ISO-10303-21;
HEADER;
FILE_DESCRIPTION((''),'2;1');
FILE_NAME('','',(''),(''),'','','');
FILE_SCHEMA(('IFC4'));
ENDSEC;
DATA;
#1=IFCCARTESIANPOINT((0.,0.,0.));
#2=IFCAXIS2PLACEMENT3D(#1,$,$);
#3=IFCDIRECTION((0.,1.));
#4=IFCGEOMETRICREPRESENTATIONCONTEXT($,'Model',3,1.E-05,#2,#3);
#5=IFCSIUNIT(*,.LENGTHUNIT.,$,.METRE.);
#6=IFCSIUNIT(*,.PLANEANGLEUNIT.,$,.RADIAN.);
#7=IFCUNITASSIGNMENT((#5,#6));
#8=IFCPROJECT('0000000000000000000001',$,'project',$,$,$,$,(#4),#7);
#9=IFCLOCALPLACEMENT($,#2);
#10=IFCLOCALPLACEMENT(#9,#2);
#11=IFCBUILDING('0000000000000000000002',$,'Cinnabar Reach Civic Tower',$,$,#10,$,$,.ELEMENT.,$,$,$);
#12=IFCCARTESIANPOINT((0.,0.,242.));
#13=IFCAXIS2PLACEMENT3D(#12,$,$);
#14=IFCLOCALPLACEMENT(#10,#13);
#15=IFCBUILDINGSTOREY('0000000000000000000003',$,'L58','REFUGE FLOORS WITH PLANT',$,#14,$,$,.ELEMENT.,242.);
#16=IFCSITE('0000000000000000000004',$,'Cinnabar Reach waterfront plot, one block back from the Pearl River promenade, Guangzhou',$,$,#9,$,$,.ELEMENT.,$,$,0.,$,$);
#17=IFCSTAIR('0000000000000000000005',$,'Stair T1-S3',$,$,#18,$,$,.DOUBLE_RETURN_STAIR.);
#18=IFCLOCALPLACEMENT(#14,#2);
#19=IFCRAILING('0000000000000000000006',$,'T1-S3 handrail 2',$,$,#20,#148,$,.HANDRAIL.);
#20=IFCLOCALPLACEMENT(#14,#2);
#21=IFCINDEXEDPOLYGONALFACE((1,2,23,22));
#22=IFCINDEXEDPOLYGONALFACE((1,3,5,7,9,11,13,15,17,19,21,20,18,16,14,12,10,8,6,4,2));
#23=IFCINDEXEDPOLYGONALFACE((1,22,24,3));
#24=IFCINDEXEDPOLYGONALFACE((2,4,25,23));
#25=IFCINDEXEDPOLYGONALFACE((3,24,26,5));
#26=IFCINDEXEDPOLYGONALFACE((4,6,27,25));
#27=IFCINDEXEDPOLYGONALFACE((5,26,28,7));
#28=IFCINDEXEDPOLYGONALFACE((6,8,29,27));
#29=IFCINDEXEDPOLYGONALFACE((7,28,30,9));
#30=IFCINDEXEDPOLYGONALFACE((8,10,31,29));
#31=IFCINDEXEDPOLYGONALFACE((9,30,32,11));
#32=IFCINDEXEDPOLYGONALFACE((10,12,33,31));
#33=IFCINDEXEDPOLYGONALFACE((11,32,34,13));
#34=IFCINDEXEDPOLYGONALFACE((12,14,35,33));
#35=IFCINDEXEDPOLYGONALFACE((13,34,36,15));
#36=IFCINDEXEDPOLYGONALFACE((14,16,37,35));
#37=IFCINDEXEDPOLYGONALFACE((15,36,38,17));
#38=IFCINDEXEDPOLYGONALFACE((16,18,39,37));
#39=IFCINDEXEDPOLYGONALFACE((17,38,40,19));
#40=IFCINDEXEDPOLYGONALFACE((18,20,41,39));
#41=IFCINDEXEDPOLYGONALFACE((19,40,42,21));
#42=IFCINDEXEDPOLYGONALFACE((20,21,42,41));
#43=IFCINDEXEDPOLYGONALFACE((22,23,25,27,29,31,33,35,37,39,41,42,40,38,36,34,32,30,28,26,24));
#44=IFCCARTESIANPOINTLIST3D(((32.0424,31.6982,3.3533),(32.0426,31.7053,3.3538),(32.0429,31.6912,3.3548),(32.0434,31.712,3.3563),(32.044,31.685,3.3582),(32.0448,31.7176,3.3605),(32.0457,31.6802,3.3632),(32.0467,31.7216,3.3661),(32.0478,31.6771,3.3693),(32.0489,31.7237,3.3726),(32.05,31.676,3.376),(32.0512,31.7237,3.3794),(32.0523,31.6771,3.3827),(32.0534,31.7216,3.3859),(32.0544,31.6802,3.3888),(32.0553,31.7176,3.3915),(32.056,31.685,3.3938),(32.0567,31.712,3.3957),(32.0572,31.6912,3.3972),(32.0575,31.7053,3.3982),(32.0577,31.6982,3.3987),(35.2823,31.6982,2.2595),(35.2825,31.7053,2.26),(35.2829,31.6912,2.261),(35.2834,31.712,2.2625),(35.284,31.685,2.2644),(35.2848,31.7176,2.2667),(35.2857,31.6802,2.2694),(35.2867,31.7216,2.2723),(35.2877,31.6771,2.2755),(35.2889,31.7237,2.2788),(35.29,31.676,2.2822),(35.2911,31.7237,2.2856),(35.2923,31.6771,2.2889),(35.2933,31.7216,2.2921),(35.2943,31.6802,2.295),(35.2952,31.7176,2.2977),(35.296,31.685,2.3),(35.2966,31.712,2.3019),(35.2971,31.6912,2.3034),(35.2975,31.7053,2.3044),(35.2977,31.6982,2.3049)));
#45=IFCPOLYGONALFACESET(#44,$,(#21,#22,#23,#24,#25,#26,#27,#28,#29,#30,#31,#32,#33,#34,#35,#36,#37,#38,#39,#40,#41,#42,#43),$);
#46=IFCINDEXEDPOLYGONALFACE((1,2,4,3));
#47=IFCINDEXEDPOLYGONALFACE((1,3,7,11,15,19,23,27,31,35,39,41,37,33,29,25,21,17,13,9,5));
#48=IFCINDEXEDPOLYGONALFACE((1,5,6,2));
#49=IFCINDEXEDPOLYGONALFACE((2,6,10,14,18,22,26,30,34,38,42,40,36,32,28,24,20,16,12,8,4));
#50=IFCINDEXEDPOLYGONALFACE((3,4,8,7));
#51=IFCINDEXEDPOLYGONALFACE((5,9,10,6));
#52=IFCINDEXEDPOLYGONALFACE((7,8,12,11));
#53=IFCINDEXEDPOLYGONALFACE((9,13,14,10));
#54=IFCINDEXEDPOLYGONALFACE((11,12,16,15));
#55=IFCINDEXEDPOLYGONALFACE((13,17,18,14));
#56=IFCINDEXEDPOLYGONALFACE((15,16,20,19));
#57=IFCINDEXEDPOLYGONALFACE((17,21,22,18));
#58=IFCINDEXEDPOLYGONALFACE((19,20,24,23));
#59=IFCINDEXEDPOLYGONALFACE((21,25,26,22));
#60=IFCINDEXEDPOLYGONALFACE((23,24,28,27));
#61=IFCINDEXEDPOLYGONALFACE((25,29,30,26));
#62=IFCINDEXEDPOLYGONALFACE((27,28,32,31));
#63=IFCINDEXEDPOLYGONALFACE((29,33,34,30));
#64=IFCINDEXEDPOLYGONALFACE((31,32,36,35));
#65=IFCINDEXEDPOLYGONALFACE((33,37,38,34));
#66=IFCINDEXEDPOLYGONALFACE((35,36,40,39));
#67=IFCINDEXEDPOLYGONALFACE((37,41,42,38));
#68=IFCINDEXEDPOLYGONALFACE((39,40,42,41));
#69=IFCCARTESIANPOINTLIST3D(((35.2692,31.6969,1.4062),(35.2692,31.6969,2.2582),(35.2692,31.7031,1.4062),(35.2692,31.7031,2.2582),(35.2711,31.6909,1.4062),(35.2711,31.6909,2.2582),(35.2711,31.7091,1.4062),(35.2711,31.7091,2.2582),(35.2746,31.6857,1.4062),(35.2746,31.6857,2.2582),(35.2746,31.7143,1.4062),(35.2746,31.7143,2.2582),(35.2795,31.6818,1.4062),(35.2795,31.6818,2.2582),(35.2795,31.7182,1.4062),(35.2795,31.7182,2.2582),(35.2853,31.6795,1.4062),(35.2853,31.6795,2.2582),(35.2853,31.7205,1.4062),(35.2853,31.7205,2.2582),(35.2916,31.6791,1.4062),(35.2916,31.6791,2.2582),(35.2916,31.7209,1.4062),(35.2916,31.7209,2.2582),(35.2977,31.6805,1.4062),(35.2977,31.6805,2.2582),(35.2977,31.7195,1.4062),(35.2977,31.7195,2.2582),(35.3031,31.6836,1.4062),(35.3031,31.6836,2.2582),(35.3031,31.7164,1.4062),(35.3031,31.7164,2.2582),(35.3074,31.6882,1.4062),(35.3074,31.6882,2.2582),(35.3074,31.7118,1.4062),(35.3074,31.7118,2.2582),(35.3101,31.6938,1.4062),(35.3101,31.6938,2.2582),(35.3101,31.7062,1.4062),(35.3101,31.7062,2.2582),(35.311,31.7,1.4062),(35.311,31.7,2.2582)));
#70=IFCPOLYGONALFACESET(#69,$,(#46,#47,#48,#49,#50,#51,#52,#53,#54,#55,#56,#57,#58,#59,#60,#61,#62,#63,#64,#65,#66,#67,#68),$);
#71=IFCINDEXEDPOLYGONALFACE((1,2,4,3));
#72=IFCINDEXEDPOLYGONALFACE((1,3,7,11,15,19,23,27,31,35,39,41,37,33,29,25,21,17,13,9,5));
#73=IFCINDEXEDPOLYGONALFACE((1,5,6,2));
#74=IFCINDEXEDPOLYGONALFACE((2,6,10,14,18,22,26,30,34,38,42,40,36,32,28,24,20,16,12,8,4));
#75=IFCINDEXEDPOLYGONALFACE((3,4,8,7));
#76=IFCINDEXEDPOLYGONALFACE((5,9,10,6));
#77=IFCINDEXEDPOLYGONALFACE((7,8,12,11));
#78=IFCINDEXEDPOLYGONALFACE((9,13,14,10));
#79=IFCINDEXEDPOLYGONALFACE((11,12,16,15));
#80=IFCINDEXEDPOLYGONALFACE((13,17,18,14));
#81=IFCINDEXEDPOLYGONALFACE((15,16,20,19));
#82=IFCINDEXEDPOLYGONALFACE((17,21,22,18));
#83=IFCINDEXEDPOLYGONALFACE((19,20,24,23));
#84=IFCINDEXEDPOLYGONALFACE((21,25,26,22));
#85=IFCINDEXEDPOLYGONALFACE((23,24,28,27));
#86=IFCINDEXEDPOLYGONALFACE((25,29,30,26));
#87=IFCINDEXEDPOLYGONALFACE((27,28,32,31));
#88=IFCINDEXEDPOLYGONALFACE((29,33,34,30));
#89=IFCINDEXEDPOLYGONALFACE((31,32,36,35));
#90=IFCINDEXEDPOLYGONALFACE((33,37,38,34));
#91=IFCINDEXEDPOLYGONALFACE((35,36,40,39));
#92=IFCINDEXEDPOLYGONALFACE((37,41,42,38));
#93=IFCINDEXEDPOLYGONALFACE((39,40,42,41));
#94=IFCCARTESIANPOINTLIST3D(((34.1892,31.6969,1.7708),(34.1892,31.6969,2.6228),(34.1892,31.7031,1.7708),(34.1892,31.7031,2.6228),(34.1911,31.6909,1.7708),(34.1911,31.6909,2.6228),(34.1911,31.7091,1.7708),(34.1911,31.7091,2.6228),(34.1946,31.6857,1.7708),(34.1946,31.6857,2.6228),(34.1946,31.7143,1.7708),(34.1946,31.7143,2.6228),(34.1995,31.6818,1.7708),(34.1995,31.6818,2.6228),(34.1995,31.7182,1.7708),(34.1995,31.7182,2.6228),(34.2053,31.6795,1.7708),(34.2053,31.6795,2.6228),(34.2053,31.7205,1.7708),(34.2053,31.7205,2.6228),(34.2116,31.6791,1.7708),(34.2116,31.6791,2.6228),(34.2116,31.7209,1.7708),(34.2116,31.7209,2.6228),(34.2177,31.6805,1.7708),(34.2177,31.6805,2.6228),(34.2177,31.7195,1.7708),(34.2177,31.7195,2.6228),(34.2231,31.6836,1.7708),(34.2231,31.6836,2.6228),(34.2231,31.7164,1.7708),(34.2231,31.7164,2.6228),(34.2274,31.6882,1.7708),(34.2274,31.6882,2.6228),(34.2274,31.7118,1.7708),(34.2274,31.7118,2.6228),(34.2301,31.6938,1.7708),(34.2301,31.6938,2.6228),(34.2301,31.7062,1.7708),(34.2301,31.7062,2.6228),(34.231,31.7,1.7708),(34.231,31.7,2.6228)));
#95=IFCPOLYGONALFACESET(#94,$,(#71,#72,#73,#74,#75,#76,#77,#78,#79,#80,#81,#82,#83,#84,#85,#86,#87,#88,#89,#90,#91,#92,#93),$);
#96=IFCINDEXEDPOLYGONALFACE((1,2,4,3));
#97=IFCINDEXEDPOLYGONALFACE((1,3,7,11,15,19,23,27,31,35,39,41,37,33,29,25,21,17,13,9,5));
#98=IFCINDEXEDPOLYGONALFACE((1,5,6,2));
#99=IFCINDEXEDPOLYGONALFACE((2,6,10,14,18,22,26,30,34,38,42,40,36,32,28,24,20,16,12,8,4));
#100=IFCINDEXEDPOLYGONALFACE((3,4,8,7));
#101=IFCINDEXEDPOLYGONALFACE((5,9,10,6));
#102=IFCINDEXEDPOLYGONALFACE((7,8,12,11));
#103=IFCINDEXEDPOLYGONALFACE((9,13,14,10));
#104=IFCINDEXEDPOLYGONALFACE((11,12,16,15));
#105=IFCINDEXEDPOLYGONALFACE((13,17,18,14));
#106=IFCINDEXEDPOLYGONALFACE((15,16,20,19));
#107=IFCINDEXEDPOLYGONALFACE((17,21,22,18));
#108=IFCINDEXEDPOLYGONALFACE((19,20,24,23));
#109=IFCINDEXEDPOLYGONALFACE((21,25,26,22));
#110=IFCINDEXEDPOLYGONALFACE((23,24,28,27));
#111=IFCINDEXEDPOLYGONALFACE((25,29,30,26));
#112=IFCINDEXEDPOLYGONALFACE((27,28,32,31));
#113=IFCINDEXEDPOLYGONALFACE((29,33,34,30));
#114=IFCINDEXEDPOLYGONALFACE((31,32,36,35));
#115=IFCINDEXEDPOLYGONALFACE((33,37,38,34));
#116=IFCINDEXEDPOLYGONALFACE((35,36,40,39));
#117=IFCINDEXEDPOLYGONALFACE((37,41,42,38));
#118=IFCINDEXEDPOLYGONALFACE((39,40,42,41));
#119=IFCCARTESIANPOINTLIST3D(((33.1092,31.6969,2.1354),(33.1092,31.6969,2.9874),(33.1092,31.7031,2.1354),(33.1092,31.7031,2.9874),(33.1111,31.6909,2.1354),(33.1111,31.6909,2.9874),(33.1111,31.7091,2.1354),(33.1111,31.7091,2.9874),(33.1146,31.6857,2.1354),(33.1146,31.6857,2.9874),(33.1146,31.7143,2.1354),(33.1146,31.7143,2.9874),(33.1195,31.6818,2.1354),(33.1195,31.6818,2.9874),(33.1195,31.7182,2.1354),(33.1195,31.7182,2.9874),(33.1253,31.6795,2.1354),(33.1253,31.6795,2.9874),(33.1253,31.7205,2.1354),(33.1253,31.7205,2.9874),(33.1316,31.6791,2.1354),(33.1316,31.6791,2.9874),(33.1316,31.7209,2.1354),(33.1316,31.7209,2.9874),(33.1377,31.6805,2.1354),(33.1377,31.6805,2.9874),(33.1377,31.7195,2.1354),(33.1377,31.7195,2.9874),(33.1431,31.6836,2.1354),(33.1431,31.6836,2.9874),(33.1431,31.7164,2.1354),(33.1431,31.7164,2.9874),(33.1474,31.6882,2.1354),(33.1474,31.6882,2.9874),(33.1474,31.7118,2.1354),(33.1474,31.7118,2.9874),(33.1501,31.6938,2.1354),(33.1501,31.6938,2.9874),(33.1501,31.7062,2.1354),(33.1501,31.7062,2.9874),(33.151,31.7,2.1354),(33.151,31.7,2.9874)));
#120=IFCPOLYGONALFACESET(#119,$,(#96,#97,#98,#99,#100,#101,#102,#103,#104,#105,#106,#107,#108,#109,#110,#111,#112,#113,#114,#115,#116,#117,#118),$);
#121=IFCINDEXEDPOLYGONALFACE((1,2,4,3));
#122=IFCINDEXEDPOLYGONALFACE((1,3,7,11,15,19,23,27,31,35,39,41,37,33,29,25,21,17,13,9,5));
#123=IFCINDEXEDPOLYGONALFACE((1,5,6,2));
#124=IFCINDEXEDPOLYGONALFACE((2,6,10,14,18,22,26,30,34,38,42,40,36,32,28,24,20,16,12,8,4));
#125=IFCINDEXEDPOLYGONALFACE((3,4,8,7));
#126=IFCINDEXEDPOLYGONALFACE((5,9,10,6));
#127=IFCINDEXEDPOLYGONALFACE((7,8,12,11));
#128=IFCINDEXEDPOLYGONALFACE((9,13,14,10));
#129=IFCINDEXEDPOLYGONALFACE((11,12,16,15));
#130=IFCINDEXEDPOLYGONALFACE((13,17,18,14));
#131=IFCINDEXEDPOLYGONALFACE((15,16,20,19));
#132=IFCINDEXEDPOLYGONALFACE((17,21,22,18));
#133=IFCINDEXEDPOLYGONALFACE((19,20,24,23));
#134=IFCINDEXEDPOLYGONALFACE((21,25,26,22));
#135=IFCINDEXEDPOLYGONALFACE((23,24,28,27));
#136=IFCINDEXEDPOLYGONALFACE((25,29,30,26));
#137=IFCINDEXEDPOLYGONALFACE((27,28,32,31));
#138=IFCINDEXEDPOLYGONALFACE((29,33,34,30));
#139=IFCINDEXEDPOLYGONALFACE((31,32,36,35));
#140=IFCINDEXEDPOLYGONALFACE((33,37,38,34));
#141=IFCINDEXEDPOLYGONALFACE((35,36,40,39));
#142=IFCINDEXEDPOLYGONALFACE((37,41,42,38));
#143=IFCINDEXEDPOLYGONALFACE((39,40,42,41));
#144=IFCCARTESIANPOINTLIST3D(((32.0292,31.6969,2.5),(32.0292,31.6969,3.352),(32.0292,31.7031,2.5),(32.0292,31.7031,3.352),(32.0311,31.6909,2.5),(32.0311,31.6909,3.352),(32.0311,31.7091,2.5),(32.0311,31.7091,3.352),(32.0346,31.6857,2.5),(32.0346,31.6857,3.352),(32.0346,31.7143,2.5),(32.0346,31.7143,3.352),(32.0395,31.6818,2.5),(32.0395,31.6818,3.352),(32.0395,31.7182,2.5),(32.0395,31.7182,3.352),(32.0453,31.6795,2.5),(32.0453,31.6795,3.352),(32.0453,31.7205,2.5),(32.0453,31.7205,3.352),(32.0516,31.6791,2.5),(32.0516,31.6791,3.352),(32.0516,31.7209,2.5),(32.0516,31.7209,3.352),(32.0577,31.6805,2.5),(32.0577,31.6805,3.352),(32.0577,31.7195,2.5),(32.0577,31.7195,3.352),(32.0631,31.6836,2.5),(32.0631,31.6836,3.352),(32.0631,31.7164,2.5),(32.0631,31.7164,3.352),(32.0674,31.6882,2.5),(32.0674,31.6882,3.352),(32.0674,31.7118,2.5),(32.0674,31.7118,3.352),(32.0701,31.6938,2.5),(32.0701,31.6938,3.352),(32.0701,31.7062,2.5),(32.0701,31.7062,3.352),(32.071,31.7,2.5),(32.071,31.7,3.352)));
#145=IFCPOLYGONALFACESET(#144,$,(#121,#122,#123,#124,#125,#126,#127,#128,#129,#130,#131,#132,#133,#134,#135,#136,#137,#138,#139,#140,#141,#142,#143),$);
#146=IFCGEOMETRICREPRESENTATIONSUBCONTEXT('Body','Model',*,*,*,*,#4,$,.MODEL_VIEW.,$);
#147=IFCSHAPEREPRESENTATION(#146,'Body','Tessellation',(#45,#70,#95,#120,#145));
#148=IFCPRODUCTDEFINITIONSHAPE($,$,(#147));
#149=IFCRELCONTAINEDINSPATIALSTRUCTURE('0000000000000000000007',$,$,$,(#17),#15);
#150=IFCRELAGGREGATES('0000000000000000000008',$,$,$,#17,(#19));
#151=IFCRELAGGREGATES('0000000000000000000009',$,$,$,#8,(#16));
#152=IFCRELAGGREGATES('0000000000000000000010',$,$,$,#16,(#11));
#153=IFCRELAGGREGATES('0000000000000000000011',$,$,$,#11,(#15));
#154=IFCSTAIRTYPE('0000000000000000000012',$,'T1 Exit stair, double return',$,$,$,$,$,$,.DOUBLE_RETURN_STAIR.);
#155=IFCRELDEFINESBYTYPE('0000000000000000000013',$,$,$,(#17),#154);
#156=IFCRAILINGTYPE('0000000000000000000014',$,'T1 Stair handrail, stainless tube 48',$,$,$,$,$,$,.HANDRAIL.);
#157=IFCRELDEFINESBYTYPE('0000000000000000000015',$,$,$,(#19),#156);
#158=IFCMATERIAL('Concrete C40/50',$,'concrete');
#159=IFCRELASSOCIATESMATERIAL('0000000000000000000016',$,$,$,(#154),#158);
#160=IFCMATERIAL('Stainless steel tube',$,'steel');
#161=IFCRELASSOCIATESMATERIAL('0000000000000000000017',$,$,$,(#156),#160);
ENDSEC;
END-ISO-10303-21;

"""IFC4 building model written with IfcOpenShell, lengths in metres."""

from ifc_helpers import new_model, si_unit, direction, frame, origin, origin_2d, place, context, subcontext, project, spatial, circle, extrude, material, type_object, element, aggregate, save


model = new_model("IFC4")

# Units and contexts
model_context = context("Model", 3, precision=1e-05, world=origin(), true_north=direction((0.0, 1.0)))
body_context = subcontext(model_context, "Body", "Model", "MODEL_VIEW")
ifc_project = project(units=[si_unit("LENGTHUNIT", "METRE"), si_unit("PLANEANGLEUNIT", "RADIAN")], contexts=[model_context])

# Site, building, storey
site_placement = place(None, origin())
site = spatial("IfcSite", under=ifc_project, at=site_placement, Name="Cinnabar Reach waterfront plot, one block back from the Pearl River promenade, Guangzhou", CompositionType="ELEMENT", RefElevation=0.0)
building_placement = place(site_placement, origin())
building = spatial("IfcBuilding", under=site, at=building_placement, Name="Cinnabar Reach Civic Tower", CompositionType="ELEMENT")
storey_placement = place(building_placement, frame((0.0, 0.0, 242.0)))
storey = spatial("IfcBuildingStorey", under=building, at=storey_placement, Name="L58", Description="REFUGE FLOORS WITH PLANT", CompositionType="ELEMENT", Elevation=242.0)

# Stair, railing
ifc_material_1 = material(Name="Concrete C40/50", Category="concrete")
stair_type = type_object("IfcStairType", Name="T1 Exit stair, double return", PredefinedType="DOUBLE_RETURN_STAIR", material=ifc_material_1)
stair_placement = place(storey_placement, origin())
stair = element("IfcStair", 1, at=stair_placement, inside=storey, type_object=stair_type, Name="Stair T1-S3", PredefinedType="DOUBLE_RETURN_STAIR")
ifc_material_2 = material(Name="Stainless steel tube", Category="steel")
railing_type_1 = type_object("IfcRailingType", Name="T1 Stair handrail, stainless tube 48", PredefinedType="HANDRAIL", material=ifc_material_2)
railing_1_placement = place(storey_placement, frame((35.29, 31.7, 1.4062)))
railing_1 = element("IfcRailing", 2, at=railing_1_placement, type_object=railing_type_1, Name="T1-S3 handrail 2", PredefinedType="HANDRAIL", context=body_context, shape_type="SweptSolid", body=[
    extrude(circle(Radius=0.024, at=origin_2d()), frame((0.0, 0.0, 0.876), z_axis=(-0.947466, 0.0, 0.319857), x_axis=(0.0, -1.0, 0.0)), (0.0, 0.0, 1.0), 3.4196),
    extrude(circle(Radius=0.021, at=origin_2d()), origin(), (0.0, 0.0, 1.0), 0.852),
    extrude(circle(Radius=0.021, at=origin_2d()), frame((-1.08, 0.0, 0.3646)), (0.0, 0.0, 1.0), 0.852),
    extrude(circle(Radius=0.021, at=origin_2d()), frame((-2.16, 0.0, 0.7292)), (0.0, 0.0, 1.0), 0.852),
    extrude(circle(Radius=0.021, at=origin_2d()), frame((-3.24, 0.0, 1.0938)), (0.0, 0.0, 1.0), 0.852),
])
aggregate(stair, [railing_1])

save(model, "model.ifc")
